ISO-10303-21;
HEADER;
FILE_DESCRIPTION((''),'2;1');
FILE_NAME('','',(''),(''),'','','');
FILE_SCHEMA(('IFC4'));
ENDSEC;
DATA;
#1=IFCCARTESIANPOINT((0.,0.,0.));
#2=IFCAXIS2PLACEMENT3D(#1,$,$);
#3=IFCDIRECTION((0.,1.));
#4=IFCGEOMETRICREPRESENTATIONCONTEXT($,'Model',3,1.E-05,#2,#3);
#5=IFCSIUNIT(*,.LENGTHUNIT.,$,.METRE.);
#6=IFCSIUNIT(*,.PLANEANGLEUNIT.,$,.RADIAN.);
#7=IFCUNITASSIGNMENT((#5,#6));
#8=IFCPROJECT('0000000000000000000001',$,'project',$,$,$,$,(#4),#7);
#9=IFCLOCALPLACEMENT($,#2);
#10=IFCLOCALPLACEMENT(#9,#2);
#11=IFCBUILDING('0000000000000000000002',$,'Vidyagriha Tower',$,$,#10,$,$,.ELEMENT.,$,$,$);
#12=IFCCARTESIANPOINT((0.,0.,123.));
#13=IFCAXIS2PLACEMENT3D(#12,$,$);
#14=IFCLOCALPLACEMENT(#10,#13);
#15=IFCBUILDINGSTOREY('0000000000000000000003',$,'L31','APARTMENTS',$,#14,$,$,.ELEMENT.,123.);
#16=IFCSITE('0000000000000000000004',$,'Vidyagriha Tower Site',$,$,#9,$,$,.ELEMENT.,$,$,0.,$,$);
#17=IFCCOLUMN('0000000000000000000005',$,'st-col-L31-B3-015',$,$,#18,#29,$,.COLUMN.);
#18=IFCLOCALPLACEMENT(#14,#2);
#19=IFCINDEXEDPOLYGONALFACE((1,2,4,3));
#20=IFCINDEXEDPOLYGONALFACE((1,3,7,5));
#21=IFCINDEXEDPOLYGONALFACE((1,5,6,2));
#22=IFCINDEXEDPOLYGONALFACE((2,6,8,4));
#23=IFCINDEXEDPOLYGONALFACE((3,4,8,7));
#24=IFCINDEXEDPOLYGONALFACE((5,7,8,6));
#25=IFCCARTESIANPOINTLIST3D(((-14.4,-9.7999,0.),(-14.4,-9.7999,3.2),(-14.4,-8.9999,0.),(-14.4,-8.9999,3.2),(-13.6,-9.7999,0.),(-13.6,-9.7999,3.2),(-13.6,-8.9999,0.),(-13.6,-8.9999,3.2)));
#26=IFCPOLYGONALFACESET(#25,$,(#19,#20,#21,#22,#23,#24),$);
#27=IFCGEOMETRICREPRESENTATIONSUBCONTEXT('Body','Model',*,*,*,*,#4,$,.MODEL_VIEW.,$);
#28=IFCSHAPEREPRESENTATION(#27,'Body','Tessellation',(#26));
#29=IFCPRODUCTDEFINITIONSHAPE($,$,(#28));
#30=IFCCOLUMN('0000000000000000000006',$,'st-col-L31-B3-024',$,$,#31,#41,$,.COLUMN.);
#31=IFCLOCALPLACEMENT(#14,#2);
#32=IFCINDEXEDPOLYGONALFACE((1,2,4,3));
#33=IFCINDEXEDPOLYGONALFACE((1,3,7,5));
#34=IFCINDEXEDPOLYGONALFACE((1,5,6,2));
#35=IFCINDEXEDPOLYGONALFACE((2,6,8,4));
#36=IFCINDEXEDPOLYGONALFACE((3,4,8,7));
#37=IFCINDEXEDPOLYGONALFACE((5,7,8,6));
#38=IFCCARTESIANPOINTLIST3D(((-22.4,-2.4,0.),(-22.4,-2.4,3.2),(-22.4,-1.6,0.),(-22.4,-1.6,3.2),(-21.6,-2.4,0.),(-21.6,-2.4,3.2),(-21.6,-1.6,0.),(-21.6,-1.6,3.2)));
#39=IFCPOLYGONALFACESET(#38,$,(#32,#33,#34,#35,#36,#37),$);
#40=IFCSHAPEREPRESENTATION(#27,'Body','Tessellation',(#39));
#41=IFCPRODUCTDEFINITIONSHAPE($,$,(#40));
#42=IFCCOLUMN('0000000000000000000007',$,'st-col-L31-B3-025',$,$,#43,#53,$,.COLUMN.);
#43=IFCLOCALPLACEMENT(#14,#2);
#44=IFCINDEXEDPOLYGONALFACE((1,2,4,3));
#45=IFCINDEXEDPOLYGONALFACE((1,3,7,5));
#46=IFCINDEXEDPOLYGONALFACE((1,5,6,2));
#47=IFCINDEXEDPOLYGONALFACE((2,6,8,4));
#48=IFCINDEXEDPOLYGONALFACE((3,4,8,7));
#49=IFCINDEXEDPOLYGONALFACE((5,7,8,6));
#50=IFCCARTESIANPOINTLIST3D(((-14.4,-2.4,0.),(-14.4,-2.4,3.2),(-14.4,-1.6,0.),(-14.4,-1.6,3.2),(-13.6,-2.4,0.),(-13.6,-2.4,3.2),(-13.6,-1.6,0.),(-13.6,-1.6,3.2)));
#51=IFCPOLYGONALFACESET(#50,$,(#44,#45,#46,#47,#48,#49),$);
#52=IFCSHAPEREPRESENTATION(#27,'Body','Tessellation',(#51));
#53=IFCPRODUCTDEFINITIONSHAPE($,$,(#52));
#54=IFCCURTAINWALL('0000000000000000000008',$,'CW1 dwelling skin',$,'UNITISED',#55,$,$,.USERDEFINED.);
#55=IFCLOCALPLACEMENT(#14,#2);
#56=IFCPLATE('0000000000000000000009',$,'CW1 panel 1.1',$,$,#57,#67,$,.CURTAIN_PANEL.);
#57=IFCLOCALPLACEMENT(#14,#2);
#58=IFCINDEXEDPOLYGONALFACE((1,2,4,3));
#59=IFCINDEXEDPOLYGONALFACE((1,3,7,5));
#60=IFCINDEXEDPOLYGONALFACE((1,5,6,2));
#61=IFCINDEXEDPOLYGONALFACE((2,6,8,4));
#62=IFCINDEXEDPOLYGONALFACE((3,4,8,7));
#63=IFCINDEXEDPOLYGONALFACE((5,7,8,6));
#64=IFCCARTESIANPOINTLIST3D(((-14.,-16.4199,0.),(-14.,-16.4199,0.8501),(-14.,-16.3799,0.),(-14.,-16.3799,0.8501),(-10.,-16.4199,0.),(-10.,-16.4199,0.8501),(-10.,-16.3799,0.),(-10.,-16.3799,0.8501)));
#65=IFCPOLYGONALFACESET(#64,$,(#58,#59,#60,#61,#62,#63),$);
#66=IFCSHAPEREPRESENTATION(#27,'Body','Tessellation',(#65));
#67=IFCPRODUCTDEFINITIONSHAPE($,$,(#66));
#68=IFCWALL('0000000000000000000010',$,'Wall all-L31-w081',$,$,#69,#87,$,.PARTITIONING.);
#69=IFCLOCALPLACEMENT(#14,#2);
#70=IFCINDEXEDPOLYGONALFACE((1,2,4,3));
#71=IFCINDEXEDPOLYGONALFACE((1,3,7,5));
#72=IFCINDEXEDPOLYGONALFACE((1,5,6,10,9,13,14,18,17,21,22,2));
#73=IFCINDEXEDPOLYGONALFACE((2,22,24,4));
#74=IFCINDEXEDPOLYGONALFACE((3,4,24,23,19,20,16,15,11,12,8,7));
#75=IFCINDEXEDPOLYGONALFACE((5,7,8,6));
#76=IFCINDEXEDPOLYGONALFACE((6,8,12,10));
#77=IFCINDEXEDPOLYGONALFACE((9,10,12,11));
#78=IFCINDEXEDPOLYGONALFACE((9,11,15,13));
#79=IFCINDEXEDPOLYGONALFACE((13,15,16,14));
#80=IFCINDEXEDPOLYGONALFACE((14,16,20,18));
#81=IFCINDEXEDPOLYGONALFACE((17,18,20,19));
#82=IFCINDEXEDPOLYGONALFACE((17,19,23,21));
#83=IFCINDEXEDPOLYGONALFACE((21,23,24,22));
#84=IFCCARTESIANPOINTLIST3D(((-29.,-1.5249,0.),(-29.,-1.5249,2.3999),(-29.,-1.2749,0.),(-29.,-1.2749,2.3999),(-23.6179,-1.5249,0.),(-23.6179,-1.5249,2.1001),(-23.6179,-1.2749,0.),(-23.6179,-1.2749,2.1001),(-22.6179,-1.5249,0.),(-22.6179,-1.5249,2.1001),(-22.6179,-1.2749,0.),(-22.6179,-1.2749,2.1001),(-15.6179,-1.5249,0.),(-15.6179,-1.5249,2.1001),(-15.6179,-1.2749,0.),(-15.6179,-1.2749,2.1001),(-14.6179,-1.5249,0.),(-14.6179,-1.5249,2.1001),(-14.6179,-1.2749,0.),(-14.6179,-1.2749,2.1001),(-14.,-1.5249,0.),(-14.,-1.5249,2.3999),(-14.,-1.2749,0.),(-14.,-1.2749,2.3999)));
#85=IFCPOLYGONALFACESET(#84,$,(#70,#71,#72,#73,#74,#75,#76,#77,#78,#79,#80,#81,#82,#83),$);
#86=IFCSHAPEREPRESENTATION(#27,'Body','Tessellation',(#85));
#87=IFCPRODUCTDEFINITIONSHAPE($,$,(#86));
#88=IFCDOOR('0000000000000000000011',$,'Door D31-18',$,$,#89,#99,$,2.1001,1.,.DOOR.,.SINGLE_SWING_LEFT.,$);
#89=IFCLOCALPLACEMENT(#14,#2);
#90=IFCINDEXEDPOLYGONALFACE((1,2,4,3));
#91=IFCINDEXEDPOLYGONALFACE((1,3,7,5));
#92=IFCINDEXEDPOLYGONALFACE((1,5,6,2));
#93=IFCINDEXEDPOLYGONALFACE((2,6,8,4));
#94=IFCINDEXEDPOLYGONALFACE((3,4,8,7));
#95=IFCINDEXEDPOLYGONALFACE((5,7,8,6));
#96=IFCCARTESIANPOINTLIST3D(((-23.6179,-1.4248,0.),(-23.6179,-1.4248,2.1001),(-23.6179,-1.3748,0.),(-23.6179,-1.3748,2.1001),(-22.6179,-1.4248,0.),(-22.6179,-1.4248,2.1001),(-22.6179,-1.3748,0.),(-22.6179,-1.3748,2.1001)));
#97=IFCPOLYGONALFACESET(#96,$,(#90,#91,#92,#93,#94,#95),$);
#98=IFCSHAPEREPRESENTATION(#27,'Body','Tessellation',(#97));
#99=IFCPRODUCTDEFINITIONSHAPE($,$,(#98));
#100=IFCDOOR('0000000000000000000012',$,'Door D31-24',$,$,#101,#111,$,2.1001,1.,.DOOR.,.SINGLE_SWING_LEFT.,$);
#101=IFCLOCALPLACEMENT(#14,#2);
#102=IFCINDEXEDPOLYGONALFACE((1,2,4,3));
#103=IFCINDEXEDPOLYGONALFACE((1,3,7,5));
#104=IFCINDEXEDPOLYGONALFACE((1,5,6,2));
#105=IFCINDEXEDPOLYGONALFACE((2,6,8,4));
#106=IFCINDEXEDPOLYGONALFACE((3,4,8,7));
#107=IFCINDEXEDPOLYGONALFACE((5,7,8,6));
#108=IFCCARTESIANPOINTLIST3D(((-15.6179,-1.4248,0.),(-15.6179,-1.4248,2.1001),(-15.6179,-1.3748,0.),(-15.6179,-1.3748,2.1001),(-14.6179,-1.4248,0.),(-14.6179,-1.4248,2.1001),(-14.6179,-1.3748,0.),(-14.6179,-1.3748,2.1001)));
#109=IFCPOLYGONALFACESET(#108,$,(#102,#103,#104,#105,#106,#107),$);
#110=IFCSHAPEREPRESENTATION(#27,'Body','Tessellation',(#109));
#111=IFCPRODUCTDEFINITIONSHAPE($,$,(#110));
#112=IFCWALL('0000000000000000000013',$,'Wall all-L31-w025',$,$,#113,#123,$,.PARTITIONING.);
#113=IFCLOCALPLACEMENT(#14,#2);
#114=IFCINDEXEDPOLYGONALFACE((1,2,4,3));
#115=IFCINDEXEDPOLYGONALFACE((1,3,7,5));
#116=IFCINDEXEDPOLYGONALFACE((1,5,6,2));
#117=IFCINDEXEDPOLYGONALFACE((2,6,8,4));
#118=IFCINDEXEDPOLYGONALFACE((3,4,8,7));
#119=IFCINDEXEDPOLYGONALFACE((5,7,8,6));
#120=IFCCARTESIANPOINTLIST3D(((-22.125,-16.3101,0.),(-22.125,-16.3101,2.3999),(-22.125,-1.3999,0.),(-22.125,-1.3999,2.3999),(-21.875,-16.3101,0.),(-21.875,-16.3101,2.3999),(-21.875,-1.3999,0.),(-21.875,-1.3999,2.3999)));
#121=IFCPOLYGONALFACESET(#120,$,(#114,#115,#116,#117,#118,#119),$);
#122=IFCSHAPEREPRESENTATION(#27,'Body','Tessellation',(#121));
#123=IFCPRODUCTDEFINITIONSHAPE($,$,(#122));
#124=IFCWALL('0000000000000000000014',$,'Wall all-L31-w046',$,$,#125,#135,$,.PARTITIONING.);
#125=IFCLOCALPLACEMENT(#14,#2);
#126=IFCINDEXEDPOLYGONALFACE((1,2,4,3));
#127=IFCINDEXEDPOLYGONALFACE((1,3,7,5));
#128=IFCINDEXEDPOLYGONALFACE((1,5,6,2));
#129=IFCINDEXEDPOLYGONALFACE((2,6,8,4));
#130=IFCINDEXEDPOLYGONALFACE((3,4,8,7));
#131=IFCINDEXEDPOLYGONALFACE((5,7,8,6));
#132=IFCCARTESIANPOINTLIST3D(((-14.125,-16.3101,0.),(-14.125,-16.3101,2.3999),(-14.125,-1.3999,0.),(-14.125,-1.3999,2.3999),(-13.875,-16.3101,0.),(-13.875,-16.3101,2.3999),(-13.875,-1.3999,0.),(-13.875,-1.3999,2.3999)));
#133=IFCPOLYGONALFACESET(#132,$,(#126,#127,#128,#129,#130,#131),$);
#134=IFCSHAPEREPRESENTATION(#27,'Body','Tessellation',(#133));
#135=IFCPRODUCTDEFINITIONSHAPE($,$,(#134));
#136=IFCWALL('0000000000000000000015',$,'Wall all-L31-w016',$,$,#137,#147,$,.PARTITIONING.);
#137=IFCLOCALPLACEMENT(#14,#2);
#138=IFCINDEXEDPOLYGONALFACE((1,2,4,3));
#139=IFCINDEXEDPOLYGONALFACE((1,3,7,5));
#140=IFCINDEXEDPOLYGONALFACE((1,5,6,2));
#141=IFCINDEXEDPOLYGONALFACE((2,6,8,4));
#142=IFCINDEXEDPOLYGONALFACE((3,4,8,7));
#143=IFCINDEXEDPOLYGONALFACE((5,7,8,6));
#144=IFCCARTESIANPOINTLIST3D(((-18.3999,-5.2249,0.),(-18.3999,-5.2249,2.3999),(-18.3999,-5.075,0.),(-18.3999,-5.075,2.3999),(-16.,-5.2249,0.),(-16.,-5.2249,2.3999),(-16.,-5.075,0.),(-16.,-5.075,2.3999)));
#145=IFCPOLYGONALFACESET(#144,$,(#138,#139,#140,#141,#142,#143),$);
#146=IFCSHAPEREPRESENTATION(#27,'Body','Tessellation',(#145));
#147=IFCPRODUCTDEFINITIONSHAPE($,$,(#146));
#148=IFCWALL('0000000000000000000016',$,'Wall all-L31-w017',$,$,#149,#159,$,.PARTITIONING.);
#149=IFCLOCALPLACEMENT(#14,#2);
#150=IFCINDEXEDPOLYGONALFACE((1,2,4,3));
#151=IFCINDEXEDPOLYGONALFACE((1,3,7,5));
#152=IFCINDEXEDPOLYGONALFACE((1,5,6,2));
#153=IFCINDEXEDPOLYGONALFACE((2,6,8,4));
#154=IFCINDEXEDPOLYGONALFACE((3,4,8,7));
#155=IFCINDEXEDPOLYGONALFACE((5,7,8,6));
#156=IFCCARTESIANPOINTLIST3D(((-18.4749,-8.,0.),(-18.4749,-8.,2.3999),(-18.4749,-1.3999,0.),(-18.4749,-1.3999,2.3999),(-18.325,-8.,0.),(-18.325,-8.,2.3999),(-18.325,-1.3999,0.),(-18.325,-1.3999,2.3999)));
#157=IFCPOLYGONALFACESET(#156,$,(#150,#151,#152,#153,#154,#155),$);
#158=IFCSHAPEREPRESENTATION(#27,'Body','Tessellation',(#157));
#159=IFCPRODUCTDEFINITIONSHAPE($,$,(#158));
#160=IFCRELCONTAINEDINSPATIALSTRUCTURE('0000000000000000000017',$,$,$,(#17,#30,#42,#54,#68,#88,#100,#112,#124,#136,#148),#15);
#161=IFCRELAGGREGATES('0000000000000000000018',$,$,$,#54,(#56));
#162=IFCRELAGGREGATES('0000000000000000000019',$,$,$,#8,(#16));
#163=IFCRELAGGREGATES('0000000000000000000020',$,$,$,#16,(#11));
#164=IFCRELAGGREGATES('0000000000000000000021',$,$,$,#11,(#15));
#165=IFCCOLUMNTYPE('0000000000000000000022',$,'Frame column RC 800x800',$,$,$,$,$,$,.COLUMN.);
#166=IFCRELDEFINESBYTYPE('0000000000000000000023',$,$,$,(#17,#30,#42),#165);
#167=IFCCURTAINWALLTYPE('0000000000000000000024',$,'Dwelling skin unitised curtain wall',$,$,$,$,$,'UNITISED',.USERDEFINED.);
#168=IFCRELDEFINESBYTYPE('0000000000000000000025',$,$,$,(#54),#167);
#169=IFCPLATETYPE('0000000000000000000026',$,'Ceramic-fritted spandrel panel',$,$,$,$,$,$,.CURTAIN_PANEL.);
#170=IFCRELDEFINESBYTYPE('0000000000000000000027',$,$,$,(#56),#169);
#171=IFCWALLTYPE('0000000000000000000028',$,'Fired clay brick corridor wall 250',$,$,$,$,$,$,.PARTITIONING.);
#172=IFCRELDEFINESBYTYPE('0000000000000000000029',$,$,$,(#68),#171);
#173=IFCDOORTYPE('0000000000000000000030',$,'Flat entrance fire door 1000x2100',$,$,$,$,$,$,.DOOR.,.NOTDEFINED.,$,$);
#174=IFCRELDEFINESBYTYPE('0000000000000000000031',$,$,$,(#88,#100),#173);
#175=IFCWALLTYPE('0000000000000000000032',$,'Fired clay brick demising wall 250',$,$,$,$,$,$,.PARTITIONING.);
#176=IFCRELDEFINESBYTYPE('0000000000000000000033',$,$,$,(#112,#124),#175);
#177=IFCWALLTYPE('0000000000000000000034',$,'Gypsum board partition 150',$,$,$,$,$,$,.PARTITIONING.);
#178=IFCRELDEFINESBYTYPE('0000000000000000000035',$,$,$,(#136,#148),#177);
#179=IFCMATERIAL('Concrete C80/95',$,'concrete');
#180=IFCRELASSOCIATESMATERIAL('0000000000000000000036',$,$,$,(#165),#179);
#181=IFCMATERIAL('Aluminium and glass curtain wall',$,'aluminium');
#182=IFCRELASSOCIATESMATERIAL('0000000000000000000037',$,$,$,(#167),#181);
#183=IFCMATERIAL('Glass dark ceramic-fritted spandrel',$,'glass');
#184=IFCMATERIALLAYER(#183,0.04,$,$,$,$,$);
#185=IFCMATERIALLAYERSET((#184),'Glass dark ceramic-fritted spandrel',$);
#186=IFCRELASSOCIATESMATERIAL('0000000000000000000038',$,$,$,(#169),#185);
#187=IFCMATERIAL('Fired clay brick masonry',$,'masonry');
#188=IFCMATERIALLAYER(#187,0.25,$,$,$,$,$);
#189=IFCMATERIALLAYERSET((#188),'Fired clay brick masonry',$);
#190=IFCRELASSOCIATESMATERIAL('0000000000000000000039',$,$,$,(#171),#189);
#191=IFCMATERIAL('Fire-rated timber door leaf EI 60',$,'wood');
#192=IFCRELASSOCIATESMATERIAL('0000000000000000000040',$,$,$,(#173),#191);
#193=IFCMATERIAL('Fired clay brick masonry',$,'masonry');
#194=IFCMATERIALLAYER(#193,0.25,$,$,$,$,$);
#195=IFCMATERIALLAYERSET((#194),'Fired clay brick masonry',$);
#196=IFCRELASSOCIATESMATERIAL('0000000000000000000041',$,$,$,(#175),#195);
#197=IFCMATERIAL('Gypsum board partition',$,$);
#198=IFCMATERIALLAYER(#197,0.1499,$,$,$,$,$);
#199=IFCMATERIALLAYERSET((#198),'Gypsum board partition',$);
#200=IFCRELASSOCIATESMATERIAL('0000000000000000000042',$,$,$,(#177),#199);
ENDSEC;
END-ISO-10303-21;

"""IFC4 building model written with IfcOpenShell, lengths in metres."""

from ifc_helpers import new_model, si_unit, direction, frame, frame_2d, origin, origin_2d, place, context, subcontext, project, spatial, rectangle, extrude, material, layer, layer_set, material_profile, profile_set, type_object, element, fill, aggregate, save


model = new_model("IFC4")

# Units and contexts
model_context = context("Model", 3, precision=1e-05, world=origin(), true_north=direction((0.0, 1.0)))
body_context = subcontext(model_context, "Body", "Model", "MODEL_VIEW")
ifc_project = project(units=[si_unit("LENGTHUNIT", "METRE"), si_unit("PLANEANGLEUNIT", "RADIAN")], contexts=[model_context])

# Site, building, storey
site_placement = place(None, origin())
site = spatial("IfcSite", under=ifc_project, at=site_placement, Name="Vidyagriha Tower Site", CompositionType="ELEMENT", RefElevation=0.0)
building_placement = place(site_placement, origin())
building = spatial("IfcBuilding", under=site, at=building_placement, Name="Vidyagriha Tower", CompositionType="ELEMENT")
storey_placement = place(building_placement, frame((0.0, 0.0, 123.0)))
storey = spatial("IfcBuildingStorey", under=building, at=storey_placement, Name="L31", Description="APARTMENTS", CompositionType="ELEMENT", Elevation=123.0)

# Columns
ifc_material_1 = material(Name="Concrete C80/95", Category="concrete")
ifc_material_profile = material_profile(ifc_material_1, rectangle(XDim=0.8, YDim=0.8, at=origin_2d()), Name="RC 800x800")
ifc_profile_set = profile_set([ifc_material_profile], Name="Concrete C80/95")
column_type = type_object("IfcColumnType", Name="Frame column RC 800x800", PredefinedType="COLUMN", material=ifc_profile_set)
for number, where, name in (
    (1, (-14.0, -9.3999, 0.0), "st-col-L31-B3-015"),
    (2, (-22.0, -2.0, 0.0), "st-col-L31-B3-024"),
    (3, (-14.0, -2.0, 0.0), "st-col-L31-B3-025"),
):
    element("IfcColumn", number, at=place(storey_placement, frame(where)), inside=storey, type_object=column_type, Name=name, PredefinedType="COLUMN", context=body_context, shape_type="SweptSolid", body=[
        extrude(rectangle(XDim=0.8, YDim=0.8, at=origin_2d()), origin(), (0.0, 0.0, 1.0), 3.2),
    ])

# Curtain wall, plate
ifc_material_2 = material(Name="Aluminium and glass curtain wall", Category="aluminium")
curtain_wall_type = type_object("IfcCurtainWallType", Name="Dwelling skin unitised curtain wall", ElementType="UNITISED", PredefinedType="USERDEFINED", material=ifc_material_2)
curtain_wall_placement = place(storey_placement, origin())
curtain_wall = element("IfcCurtainWall", 4, at=curtain_wall_placement, inside=storey, type_object=curtain_wall_type, Name="CW1 dwelling skin", ObjectType="UNITISED", PredefinedType="USERDEFINED")
ifc_material_3 = material(Name="Glass dark ceramic-fritted spandrel", Category="glass")
ifc_layer_1 = layer(ifc_material_3, 0.04)
ifc_layer_set_1 = layer_set([ifc_layer_1], Name="Glass dark ceramic-fritted spandrel")
plate_type = type_object("IfcPlateType", Name="Ceramic-fritted spandrel panel", PredefinedType="CURTAIN_PANEL", material=ifc_layer_set_1)
plate_placement = place(storey_placement, frame((-12.0, -16.3999, 0.0)))
plate = element("IfcPlate", 5, at=plate_placement, type_object=plate_type, Name="CW1 panel 1.1", PredefinedType="CURTAIN_PANEL", context=body_context, shape_type="SweptSolid", body=[
    extrude(rectangle(XDim=4.0, YDim=0.04, at=origin_2d()), origin(), (0.0, 0.0, 1.0), 0.8501),
])
aggregate(curtain_wall, [plate])

# Wall, openings, doors
ifc_material_4 = material(Name="Fired clay brick masonry", Category="masonry")
ifc_layer_2 = layer(ifc_material_4, 0.25)
ifc_layer_set_2 = layer_set([ifc_layer_2], Name="Fired clay brick masonry")
wall_type_1 = type_object("IfcWallType", Name="Fired clay brick corridor wall 250", PredefinedType="PARTITIONING", material=ifc_layer_set_2)
wall_1_placement = place(storey_placement, frame((-14.0, -1.3999, 0.0), z_axis=(0.0, 0.0, 1.0), x_axis=(-1.0, 0.0, 0.0)))
wall_1 = element("IfcWall", 6, at=wall_1_placement, inside=storey, type_object=wall_type_1, Name="Wall all-L31-w081", PredefinedType="PARTITIONING", context=body_context, shape_type="SweptSolid", body=[
    extrude(rectangle(XDim=15.0, YDim=0.25, at=frame_2d((7.5, 0.0))), origin(), (0.0, 0.0, 1.0), 2.3999),
])
opening_1_placement = place(wall_1_placement, frame((8.6179, 0.0, 0.0)))
opening_1 = element("IfcOpeningElement", 7, at=opening_1_placement, cuts=wall_1, PredefinedType="OPENING", context=body_context, shape_type="SweptSolid", body=[
    extrude(rectangle(XDim=1.0, YDim=2.1001, at=frame_2d((0.5, 1.05))), frame((0.0, 0.135, 0.0), z_axis=(0.0, -1.0, 0.0), x_axis=(1.0, 0.0, 0.0)), (0.0, 0.0, 1.0), 0.27),
])
opening_2_placement = place(wall_1_placement, frame((0.6179, 0.0, 0.0)))
opening_2 = element("IfcOpeningElement", 8, at=opening_2_placement, cuts=wall_1, PredefinedType="OPENING", context=body_context, shape_type="SweptSolid", body=[
    extrude(rectangle(XDim=1.0, YDim=2.1001, at=frame_2d((0.5, 1.05))), frame((0.0, 0.135, 0.0), z_axis=(0.0, -1.0, 0.0), x_axis=(1.0, 0.0, 0.0)), (0.0, 0.0, 1.0), 0.27),
])
ifc_material_5 = material(Name="Fire-rated timber door leaf EI 60", Category="wood")
door_type_1 = type_object("IfcDoorType", Name="Flat entrance fire door 1000x2100", OperationType="NOTDEFINED", PredefinedType="DOOR", material=ifc_material_5)
door_1_placement = place(opening_1_placement, origin())
door_1 = element("IfcDoor", 9, at=door_1_placement, inside=storey, type_object=door_type_1, Name="Door D31-18", OperationType="SINGLE_SWING_LEFT", OverallHeight=2.1001, OverallWidth=1.0, PredefinedType="DOOR", context=body_context, shape_type="SweptSolid", body=[
    extrude(rectangle(XDim=1.0, YDim=2.1001, at=frame_2d((0.5, 1.05))), frame((0.0, 0.0249, 0.0), z_axis=(0.0, -1.0, 0.0), x_axis=(1.0, 0.0, 0.0)), (0.0, 0.0, 1.0), 0.05),
])
fill(opening_1, door_1)
door_2_placement = place(opening_2_placement, origin())
door_2 = element("IfcDoor", 10, at=door_2_placement, inside=storey, type_object=door_type_1, Name="Door D31-24", OperationType="SINGLE_SWING_LEFT", OverallHeight=2.1001, OverallWidth=1.0, PredefinedType="DOOR", context=body_context, shape_type="SweptSolid", body=[
    extrude(rectangle(XDim=1.0, YDim=2.1001, at=frame_2d((0.5, 1.05))), frame((0.0, 0.0249, 0.0), z_axis=(0.0, -1.0, 0.0), x_axis=(1.0, 0.0, 0.0)), (0.0, 0.0, 1.0), 0.05),
])
fill(opening_2, door_2)

# Walls
ifc_material_6 = material(Name="Fired clay brick masonry", Category="masonry")
ifc_layer_3 = layer(ifc_material_6, 0.25)
ifc_layer_set_3 = layer_set([ifc_layer_3], Name="Fired clay brick masonry")
wall_type_2 = type_object("IfcWallType", Name="Fired clay brick demising wall 250", PredefinedType="PARTITIONING", material=ifc_layer_set_3)
for number, where, z_axis, x_axis, name in (
    (11, (-22.0, -1.3999, 0.0), (0.0, 0.0, 1.0), (0.0, -1.0, 0.0), "Wall all-L31-w025"),
    (12, (-14.0, -1.3999, 0.0), (0.0, 0.0, 1.0), (0.0, -1.0, 0.0), "Wall all-L31-w046"),
):
    element("IfcWall", number, at=place(storey_placement, frame(where, z_axis=z_axis, x_axis=x_axis)), inside=storey, type_object=wall_type_2, Name=name, PredefinedType="PARTITIONING", context=body_context, shape_type="SweptSolid", body=[
        extrude(rectangle(XDim=14.9102, YDim=0.25, at=frame_2d((7.4551, 0.0))), origin(), (0.0, 0.0, 1.0), 2.3999),
    ])
ifc_material_7 = material(Name="Gypsum board partition")
ifc_layer_4 = layer(ifc_material_7, 0.1499)
ifc_layer_set_4 = layer_set([ifc_layer_4], Name="Gypsum board partition")
wall_type_3 = type_object("IfcWallType", Name="Gypsum board partition 150", PredefinedType="PARTITIONING", material=ifc_layer_set_4)
wall_2_placement = place(storey_placement, frame((-16.0, -5.1499, 0.0), z_axis=(0.0, 0.0, 1.0), x_axis=(-1.0, 0.0, 0.0)))
element("IfcWall", 13, at=wall_2_placement, inside=storey, type_object=wall_type_3, Name="Wall all-L31-w016", PredefinedType="PARTITIONING", context=body_context, shape_type="SweptSolid", body=[
    extrude(rectangle(XDim=2.3999, YDim=0.1499, at=frame_2d((1.2, 0.0))), origin(), (0.0, 0.0, 1.0), 2.3999),
])
wall_3_placement = place(storey_placement, frame((-18.3999, -8.0, 0.0), z_axis=(0.0, 0.0, 1.0), x_axis=(0.0, 1.0, 0.0)))
element("IfcWall", 14, at=wall_3_placement, inside=storey, type_object=wall_type_3, Name="Wall all-L31-w017", PredefinedType="PARTITIONING", context=body_context, shape_type="SweptSolid", body=[
    extrude(rectangle(XDim=6.6001, YDim=0.1499, at=frame_2d((3.3, 0.0))), origin(), (0.0, 0.0, 1.0), 2.3999),
])

save(model, "model.ifc")
